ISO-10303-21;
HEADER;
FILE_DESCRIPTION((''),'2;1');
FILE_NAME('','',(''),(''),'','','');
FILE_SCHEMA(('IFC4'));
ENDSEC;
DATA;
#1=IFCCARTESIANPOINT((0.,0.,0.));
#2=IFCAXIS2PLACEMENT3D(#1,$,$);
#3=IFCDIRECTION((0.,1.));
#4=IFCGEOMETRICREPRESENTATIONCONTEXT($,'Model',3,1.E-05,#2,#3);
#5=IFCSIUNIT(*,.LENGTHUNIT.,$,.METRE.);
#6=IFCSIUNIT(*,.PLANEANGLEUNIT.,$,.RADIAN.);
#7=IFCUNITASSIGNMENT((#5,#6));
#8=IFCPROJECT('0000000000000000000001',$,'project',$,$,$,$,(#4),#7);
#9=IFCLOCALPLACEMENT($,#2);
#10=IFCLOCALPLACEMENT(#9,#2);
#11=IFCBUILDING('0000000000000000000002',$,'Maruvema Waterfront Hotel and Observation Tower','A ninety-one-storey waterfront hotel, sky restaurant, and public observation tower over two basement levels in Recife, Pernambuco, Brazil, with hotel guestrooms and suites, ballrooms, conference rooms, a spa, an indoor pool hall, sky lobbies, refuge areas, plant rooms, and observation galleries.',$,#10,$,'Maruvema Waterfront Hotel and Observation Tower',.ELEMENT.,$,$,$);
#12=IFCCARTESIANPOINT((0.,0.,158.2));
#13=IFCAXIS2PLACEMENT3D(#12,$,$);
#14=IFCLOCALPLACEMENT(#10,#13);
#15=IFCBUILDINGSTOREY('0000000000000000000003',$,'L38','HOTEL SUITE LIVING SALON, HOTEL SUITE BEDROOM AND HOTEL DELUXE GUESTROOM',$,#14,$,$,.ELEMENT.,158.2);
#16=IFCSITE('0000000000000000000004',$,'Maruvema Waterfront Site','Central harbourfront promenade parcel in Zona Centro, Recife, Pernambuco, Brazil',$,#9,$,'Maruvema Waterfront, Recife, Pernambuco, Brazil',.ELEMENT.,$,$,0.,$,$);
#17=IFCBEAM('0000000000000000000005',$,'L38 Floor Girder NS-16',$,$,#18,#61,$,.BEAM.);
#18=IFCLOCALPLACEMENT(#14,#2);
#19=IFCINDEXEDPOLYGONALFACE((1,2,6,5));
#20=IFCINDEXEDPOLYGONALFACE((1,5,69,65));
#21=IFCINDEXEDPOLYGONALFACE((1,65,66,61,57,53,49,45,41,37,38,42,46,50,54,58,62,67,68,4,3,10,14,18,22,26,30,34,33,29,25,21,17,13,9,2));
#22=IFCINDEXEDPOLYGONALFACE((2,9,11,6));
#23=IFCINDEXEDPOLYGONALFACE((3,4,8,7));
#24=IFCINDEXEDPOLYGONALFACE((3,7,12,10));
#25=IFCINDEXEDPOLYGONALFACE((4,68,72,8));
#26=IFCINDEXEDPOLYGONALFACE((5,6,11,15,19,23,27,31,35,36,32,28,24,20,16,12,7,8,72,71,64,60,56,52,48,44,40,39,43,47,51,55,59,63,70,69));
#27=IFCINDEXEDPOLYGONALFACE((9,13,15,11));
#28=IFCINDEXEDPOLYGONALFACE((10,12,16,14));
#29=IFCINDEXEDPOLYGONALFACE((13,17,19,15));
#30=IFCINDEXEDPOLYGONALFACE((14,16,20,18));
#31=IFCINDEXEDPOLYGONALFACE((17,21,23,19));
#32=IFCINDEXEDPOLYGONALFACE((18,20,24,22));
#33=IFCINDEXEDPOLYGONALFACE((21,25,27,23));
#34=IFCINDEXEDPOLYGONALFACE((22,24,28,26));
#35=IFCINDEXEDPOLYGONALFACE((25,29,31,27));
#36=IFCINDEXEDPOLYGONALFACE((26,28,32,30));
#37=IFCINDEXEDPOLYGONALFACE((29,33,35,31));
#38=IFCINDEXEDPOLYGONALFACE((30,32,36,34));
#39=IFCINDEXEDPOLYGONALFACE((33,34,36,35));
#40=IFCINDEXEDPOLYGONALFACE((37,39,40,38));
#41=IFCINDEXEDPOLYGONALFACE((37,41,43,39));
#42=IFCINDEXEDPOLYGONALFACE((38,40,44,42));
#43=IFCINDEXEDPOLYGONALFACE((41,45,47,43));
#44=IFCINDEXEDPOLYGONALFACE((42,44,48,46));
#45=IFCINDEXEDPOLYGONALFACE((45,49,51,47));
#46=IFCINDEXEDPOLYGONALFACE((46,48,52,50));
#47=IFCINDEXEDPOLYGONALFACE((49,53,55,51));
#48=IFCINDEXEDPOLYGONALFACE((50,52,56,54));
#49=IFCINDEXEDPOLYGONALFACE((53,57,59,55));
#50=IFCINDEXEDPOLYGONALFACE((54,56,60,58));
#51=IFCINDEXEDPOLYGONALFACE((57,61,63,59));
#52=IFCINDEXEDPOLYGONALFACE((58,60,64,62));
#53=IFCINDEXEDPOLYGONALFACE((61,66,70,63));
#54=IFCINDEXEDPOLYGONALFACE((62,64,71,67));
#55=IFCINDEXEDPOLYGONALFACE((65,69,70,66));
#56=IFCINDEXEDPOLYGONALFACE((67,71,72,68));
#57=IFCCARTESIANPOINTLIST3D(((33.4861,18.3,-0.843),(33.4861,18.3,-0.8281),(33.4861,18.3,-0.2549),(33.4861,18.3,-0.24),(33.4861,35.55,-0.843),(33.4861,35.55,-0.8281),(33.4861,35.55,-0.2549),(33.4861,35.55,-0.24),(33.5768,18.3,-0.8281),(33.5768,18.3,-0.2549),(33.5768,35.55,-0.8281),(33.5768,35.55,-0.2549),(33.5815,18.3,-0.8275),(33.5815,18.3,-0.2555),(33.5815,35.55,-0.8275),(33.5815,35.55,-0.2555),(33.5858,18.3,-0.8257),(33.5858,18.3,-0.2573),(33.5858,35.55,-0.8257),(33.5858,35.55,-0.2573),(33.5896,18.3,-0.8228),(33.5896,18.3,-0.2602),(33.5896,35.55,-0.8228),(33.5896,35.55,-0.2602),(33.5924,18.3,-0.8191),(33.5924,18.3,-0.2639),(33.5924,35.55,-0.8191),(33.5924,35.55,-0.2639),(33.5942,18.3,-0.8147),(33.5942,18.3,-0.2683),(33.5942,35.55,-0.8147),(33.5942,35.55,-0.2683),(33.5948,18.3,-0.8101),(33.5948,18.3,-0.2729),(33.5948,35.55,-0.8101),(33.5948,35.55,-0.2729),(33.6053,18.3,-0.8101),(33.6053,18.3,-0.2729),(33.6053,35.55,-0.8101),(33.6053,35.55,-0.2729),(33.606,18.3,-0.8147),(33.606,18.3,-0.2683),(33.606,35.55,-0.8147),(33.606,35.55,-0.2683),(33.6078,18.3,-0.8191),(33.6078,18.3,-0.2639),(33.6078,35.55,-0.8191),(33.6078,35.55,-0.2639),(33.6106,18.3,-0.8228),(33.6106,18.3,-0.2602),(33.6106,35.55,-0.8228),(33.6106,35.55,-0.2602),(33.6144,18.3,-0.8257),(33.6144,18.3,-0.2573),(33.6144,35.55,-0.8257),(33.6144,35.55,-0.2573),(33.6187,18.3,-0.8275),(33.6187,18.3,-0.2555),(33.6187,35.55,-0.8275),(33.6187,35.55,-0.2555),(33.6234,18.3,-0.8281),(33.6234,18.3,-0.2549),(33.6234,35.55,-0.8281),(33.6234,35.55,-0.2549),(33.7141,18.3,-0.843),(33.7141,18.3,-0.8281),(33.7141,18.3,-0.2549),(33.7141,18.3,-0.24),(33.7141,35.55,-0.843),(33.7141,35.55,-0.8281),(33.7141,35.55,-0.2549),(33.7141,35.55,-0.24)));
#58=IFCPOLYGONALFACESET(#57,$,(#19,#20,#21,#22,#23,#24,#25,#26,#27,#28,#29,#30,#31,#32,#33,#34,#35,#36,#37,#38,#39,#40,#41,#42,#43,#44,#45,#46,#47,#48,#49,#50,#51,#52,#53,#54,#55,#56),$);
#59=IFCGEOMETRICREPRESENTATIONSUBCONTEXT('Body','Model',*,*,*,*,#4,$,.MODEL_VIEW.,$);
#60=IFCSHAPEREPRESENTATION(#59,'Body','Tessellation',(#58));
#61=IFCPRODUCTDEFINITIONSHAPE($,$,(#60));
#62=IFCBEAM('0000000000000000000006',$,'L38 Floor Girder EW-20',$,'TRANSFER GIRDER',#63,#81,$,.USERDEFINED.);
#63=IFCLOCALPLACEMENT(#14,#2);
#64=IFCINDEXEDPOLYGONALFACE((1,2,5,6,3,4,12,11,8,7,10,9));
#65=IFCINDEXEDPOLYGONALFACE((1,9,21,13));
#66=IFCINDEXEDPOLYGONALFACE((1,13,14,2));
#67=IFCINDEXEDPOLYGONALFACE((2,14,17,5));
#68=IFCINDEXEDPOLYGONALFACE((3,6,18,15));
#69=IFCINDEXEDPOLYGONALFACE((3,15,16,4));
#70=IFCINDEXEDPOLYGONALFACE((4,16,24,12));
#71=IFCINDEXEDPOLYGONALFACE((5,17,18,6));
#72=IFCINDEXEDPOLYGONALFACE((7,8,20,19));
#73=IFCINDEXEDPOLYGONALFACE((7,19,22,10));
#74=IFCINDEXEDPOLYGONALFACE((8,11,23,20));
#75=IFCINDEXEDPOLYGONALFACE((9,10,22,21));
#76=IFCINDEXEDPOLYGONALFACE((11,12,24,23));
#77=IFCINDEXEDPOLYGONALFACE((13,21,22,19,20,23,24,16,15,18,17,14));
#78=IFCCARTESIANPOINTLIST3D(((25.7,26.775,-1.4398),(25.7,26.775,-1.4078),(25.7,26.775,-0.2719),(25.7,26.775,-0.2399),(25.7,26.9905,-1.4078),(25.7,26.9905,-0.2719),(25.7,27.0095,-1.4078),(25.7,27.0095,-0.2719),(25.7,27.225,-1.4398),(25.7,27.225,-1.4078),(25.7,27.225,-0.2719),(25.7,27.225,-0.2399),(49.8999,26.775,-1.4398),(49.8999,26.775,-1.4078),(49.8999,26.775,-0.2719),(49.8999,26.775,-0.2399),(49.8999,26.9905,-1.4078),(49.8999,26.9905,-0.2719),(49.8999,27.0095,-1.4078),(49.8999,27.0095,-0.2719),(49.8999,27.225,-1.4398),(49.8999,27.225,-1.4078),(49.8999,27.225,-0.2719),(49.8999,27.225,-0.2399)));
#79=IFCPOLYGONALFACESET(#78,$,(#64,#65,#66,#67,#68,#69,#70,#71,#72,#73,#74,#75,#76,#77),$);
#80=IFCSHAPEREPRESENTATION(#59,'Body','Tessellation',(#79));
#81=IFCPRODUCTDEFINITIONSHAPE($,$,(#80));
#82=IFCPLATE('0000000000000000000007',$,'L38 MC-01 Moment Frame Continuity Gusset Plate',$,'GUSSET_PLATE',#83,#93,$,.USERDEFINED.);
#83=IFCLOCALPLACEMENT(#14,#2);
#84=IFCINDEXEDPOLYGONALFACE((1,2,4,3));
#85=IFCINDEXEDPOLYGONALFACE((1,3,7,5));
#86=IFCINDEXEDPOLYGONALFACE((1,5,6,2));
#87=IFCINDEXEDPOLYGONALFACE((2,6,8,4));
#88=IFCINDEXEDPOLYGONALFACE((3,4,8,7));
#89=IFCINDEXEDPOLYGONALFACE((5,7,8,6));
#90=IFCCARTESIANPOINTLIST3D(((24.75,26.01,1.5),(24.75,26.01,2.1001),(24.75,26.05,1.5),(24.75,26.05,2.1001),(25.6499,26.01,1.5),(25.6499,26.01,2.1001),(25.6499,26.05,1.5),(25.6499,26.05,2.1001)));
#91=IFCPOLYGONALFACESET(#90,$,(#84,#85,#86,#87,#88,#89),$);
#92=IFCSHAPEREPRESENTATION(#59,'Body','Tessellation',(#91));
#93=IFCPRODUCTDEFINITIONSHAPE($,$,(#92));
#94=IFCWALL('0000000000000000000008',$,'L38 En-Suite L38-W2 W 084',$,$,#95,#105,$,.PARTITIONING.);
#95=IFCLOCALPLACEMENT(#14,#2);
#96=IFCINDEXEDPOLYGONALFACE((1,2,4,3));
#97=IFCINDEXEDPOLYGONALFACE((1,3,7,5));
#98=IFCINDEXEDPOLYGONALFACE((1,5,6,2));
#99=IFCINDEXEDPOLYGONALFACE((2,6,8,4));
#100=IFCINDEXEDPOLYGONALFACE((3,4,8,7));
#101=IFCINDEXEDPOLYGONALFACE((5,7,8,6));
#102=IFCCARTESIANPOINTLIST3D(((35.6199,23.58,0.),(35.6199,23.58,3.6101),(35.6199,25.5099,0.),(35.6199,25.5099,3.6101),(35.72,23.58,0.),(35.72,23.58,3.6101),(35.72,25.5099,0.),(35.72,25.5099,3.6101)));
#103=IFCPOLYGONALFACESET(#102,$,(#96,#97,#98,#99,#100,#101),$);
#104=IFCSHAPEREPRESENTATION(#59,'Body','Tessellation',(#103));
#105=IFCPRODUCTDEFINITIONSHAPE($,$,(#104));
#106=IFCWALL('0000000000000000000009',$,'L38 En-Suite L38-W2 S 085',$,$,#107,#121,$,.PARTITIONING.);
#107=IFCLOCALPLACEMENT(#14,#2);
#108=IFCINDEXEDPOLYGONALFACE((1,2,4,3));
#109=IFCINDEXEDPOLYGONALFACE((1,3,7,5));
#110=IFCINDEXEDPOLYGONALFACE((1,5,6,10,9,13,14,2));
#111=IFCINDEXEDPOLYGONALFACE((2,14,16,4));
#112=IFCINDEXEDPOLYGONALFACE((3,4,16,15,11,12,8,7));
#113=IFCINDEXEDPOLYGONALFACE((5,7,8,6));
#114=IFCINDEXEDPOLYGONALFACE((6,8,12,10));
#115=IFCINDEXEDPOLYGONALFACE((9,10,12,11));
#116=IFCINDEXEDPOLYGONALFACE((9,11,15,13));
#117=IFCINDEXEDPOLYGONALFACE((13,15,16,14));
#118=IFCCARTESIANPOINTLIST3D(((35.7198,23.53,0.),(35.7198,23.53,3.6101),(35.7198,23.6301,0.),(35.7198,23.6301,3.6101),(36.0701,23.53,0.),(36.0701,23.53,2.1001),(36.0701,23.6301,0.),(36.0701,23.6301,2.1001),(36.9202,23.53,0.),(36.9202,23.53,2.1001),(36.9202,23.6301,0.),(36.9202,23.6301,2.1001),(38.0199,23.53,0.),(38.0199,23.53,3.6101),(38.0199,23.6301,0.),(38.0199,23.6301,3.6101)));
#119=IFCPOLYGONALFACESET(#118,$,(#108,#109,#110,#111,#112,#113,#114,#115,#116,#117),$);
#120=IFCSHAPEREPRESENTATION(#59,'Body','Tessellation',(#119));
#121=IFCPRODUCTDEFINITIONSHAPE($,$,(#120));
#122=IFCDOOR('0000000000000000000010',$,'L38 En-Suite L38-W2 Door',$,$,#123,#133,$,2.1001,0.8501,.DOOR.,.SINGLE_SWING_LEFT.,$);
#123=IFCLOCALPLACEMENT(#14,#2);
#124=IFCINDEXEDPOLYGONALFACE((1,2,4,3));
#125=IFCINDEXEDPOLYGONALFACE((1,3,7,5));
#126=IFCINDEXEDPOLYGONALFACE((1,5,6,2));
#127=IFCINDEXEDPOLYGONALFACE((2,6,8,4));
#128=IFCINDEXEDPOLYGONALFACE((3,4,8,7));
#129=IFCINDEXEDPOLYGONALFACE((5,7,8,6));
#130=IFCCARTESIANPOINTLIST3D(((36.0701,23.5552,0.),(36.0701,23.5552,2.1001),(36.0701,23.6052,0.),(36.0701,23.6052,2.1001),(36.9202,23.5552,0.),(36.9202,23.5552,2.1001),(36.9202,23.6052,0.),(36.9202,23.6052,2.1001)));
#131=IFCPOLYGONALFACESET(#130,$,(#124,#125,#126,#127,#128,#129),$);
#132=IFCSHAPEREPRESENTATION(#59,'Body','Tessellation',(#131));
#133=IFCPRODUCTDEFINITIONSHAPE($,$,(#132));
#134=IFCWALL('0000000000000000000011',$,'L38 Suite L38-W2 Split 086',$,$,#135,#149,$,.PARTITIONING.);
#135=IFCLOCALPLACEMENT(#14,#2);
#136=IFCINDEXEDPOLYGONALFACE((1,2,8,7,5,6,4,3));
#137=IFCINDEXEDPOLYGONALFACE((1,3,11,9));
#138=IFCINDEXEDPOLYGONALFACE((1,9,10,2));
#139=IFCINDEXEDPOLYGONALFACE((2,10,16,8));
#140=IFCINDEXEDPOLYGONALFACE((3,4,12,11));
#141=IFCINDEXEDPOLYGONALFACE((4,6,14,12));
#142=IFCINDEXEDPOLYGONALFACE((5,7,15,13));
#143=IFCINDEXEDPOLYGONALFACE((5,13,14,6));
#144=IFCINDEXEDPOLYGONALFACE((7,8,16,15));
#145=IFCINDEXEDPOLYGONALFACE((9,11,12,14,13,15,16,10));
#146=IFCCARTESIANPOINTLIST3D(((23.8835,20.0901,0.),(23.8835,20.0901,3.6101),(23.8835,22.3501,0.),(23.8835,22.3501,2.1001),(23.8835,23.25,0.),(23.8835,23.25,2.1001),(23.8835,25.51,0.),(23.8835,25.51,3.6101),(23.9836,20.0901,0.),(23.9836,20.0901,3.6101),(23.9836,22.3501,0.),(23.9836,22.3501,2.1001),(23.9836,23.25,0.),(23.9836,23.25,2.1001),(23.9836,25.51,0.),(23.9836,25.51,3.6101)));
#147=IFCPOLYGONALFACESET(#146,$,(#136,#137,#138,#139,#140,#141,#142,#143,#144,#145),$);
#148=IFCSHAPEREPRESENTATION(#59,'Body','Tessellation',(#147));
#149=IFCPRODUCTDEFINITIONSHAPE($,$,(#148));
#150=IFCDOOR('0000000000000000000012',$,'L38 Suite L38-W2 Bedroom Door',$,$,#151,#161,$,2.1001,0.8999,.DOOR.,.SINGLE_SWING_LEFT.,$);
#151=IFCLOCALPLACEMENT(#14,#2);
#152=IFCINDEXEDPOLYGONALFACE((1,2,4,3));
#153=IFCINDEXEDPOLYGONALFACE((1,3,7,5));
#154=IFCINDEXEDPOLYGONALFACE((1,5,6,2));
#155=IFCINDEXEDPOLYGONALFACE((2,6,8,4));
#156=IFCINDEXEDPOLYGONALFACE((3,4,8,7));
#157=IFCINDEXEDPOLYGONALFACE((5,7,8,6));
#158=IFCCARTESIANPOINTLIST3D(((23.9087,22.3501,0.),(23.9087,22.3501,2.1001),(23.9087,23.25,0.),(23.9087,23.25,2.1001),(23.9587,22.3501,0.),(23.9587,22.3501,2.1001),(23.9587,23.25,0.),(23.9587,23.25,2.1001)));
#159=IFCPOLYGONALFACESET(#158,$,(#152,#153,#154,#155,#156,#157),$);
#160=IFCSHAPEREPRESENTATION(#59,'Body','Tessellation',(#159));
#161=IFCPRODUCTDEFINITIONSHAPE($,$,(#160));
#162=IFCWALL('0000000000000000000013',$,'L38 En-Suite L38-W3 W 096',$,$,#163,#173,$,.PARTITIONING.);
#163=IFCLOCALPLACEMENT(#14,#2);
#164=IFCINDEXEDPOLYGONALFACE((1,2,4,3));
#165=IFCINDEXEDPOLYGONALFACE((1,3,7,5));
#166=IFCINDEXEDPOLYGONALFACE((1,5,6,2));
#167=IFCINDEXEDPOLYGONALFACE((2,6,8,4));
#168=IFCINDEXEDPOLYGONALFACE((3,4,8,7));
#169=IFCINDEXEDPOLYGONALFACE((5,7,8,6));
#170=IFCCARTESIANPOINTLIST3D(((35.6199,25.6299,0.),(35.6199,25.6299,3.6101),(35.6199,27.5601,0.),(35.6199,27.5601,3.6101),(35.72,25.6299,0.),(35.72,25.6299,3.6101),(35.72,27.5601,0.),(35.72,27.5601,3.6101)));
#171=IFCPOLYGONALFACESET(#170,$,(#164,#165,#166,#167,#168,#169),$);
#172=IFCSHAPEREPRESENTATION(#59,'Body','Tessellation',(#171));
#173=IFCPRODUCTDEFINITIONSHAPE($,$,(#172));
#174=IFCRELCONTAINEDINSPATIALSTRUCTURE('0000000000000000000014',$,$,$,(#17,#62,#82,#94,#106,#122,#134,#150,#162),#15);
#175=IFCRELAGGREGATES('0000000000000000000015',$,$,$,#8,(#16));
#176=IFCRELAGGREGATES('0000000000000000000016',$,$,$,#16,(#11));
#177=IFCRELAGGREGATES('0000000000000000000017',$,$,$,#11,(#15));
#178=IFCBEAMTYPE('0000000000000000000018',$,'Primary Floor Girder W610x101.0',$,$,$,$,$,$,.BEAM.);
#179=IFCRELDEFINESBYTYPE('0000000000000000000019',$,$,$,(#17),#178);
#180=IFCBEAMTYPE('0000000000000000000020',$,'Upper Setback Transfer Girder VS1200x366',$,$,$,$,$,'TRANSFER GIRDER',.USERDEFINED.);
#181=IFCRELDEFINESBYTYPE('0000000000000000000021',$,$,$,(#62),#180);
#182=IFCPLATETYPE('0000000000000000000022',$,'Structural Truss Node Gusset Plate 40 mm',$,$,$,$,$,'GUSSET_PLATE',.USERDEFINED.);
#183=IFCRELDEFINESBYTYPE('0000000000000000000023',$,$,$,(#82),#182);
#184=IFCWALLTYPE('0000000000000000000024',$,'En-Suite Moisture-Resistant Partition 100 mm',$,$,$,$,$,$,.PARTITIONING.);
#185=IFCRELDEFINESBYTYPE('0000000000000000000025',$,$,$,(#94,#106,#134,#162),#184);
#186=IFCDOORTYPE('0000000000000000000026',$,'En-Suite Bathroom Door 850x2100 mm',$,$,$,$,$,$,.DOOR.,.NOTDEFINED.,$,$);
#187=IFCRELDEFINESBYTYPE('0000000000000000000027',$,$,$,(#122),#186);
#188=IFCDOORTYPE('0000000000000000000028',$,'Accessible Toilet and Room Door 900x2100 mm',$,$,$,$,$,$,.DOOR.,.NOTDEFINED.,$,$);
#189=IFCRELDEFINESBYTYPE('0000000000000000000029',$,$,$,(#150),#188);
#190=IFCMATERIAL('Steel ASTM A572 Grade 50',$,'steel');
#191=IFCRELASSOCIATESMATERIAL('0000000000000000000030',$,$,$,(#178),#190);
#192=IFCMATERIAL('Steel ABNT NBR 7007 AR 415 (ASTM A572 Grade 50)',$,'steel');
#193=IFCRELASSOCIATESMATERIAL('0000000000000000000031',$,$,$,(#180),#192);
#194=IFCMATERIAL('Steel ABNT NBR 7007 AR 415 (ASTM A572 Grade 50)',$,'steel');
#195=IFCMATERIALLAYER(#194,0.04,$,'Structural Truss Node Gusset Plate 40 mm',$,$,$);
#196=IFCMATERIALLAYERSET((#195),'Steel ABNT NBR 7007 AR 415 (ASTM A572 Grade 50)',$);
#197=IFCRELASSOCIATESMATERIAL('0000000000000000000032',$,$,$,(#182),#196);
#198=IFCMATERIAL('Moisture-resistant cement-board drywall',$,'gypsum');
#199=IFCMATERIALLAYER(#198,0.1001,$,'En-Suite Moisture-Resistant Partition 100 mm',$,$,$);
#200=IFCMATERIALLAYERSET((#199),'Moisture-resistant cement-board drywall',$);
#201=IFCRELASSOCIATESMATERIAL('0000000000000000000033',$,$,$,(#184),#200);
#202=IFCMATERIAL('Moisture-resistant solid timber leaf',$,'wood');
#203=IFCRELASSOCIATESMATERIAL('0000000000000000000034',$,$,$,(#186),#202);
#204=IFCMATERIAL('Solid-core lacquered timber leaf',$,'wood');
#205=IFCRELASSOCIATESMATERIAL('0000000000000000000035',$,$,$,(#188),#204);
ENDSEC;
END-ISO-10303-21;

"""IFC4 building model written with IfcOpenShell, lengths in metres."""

from ifc_helpers import new_model, si_unit, direction, frame, frame_2d, origin, origin_2d, place, context, subcontext, project, spatial, rectangle, i_section, extrude, material, layer, layer_set, material_profile, profile_set, type_object, element, fill, save


model = new_model("IFC4")

# Units and contexts
model_context = context("Model", 3, precision=1e-05, world=origin(), true_north=direction((0.0, 1.0)))
body_context = subcontext(model_context, "Body", "Model", "MODEL_VIEW")
ifc_project = project(units=[si_unit("LENGTHUNIT", "METRE"), si_unit("PLANEANGLEUNIT", "RADIAN")], contexts=[model_context])

# Site, building, storey
site_placement = place(None, origin())
site = spatial("IfcSite", under=ifc_project, at=site_placement, Name="Maruvema Waterfront Site", Description="Central harbourfront promenade parcel in Zona Centro, Recife, Pernambuco, Brazil", LongName="Maruvema Waterfront, Recife, Pernambuco, Brazil", CompositionType="ELEMENT", RefElevation=0.0)
building_placement = place(site_placement, origin())
building = spatial("IfcBuilding", under=site, at=building_placement, Name="Maruvema Waterfront Hotel and Observation Tower", Description="A ninety-one-storey waterfront hotel, sky restaurant, and public observation tower over two basement levels in Recife, Pernambuco, Brazil, with hotel guestrooms and suites, ballrooms, conference rooms, a spa, an indoor pool hall, sky lobbies, refuge areas, plant rooms, and observation galleries.", LongName="Maruvema Waterfront Hotel and Observation Tower", CompositionType="ELEMENT")
storey_placement = place(building_placement, frame((0.0, 0.0, 158.2)))
storey = spatial("IfcBuildingStorey", under=building, at=storey_placement, Name="L38", Description="HOTEL SUITE LIVING SALON, HOTEL SUITE BEDROOM AND HOTEL DELUXE GUESTROOM", CompositionType="ELEMENT", Elevation=158.2)

# Beams
ifc_material_1 = material(Name="Steel ASTM A572 Grade 50", Category="steel")
ifc_material_profile_1 = material_profile(ifc_material_1, i_section(OverallWidth=0.228, OverallDepth=0.603, WebThickness=0.0105, FlangeThickness=0.0149, FilletRadius=0.0181, at=origin_2d()), Name="W610x101.0")
ifc_profile_set_1 = profile_set([ifc_material_profile_1], Name="Steel ASTM A572 Grade 50")
beam_type_1 = type_object("IfcBeamType", Name="Primary Floor Girder W610x101.0", PredefinedType="BEAM", material=ifc_profile_set_1)
beam_1_placement = place(storey_placement, frame((33.6001, 18.3, -0.5415), z_axis=(0.0, 1.0, 0.0), x_axis=(-1.0, 0.0, 0.0)))
element("IfcBeam", 1, at=beam_1_placement, inside=storey, type_object=beam_type_1, Name="L38 Floor Girder NS-16", PredefinedType="BEAM", context=body_context, shape_type="SweptSolid", body=[
    extrude(i_section(OverallWidth=0.228, OverallDepth=0.603, WebThickness=0.0105, FlangeThickness=0.0149, FilletRadius=0.0181, at=origin_2d()), origin(), (0.0, 0.0, 1.0), 17.25),
])
ifc_material_2 = material(Name="Steel ABNT NBR 7007 AR 415 (ASTM A572 Grade 50)", Category="steel")
ifc_material_profile_2 = material_profile(ifc_material_2, i_section(OverallWidth=0.45, OverallDepth=1.2, WebThickness=0.019, FlangeThickness=0.032, at=origin_2d()), Name="VS1200x366")
ifc_profile_set_2 = profile_set([ifc_material_profile_2], Name="Steel ABNT NBR 7007 AR 415 (ASTM A572 Grade 50)")
beam_type_2 = type_object("IfcBeamType", Name="Upper Setback Transfer Girder VS1200x366", ElementType="TRANSFER GIRDER", PredefinedType="USERDEFINED", material=ifc_profile_set_2)
beam_2_placement = place(storey_placement, frame((25.7, 27.0, -0.8398), z_axis=(1.0, 0.0, 0.0), x_axis=(0.0, 1.0, 0.0)))
element("IfcBeam", 2, at=beam_2_placement, inside=storey, type_object=beam_type_2, Name="L38 Floor Girder EW-20", ObjectType="TRANSFER GIRDER", PredefinedType="USERDEFINED", context=body_context, shape_type="SweptSolid", body=[
    extrude(i_section(OverallWidth=0.45, OverallDepth=1.2, WebThickness=0.019, FlangeThickness=0.032, at=origin_2d()), origin(), (0.0, 0.0, 1.0), 24.2),
])

# Plate
ifc_material_3 = material(Name="Steel ABNT NBR 7007 AR 415 (ASTM A572 Grade 50)", Category="steel")
ifc_layer_1 = layer(ifc_material_3, 0.04, Name="Structural Truss Node Gusset Plate 40 mm")
ifc_layer_set_1 = layer_set([ifc_layer_1], Name="Steel ABNT NBR 7007 AR 415 (ASTM A572 Grade 50)")
plate_type = type_object("IfcPlateType", Name="Structural Truss Node Gusset Plate 40 mm", ElementType="GUSSET_PLATE", PredefinedType="USERDEFINED", material=ifc_layer_set_1)
plate_placement = place(storey_placement, frame((25.2, 26.03, 1.5), z_axis=(0.0, 0.0, 1.0), x_axis=(1.0, 0.0, 0.0)))
element("IfcPlate", 3, at=plate_placement, inside=storey, type_object=plate_type, Name="L38 MC-01 Moment Frame Continuity Gusset Plate", ObjectType="GUSSET_PLATE", PredefinedType="USERDEFINED", context=body_context, shape_type="SweptSolid", body=[
    extrude(rectangle(XDim=0.8999, YDim=0.04, at=origin_2d()), origin(), (0.0, 0.0, 1.0), 0.6001),
])

# Wall
ifc_material_4 = material(Name="Moisture-resistant cement-board drywall", Category="gypsum")
ifc_layer_2 = layer(ifc_material_4, 0.1001, Name="En-Suite Moisture-Resistant Partition 100 mm")
ifc_layer_set_2 = layer_set([ifc_layer_2], Name="Moisture-resistant cement-board drywall")
wall_type = type_object("IfcWallType", Name="En-Suite Moisture-Resistant Partition 100 mm", PredefinedType="PARTITIONING", material=ifc_layer_set_2)
wall_1_placement = place(storey_placement, frame((35.6699, 23.5801, 0.0), z_axis=(0.0, 0.0, 1.0), x_axis=(0.0, 1.0, 0.0)))
element("IfcWall", 4, at=wall_1_placement, inside=storey, type_object=wall_type, Name="L38 En-Suite L38-W2 W 084", PredefinedType="PARTITIONING", context=body_context, shape_type="SweptSolid", body=[
    extrude(rectangle(XDim=1.9299, YDim=0.1001, at=frame_2d((0.9648, 0.0))), origin(), (0.0, 0.0, 1.0), 3.6101),
])

# Walls, openings, doors
wall_2_placement = place(storey_placement, frame((35.72, 23.5801, 0.0), z_axis=(0.0, 0.0, 1.0), x_axis=(1.0, 0.0, 0.0)))
wall_2 = element("IfcWall", 5, at=wall_2_placement, inside=storey, type_object=wall_type, Name="L38 En-Suite L38-W2 S 085", PredefinedType="PARTITIONING", context=body_context, shape_type="SweptSolid", body=[
    extrude(rectangle(XDim=2.3, YDim=0.1001, at=frame_2d((1.1499, 0.0))), origin(), (0.0, 0.0, 1.0), 3.6101),
])
opening_1_placement = place(wall_2_placement, frame((0.3501, 0.0, 0.0)))
opening_1 = element("IfcOpeningElement", 6, at=opening_1_placement, cuts=wall_2, PredefinedType="OPENING", context=body_context, shape_type="SweptSolid", body=[
    extrude(rectangle(XDim=0.8501, YDim=2.1001, at=frame_2d((0.425, 1.05))), frame((0.0, 0.0601, 0.0), z_axis=(0.0, -1.0, 0.0), x_axis=(1.0, 0.0, 0.0)), (0.0, 0.0, 1.0), 0.1201),
])
ifc_material_5 = material(Name="Moisture-resistant solid timber leaf", Category="wood")
door_type_1 = type_object("IfcDoorType", Name="En-Suite Bathroom Door 850x2100 mm", OperationType="NOTDEFINED", PredefinedType="DOOR", material=ifc_material_5)
door_1_placement = place(opening_1_placement, frame((0.8501, 0.0, 0.0), z_axis=(0.0, 0.0, 1.0), x_axis=(-1.0, 0.0, 0.0)))
door_1 = element("IfcDoor", 7, at=door_1_placement, inside=storey, type_object=door_type_1, Name="L38 En-Suite L38-W2 Door", OperationType="SINGLE_SWING_LEFT", OverallHeight=2.1001, OverallWidth=0.8501, PredefinedType="DOOR", context=body_context, shape_type="SweptSolid", body=[
    extrude(rectangle(XDim=0.8501, YDim=2.1001, at=frame_2d((0.425, 1.05))), frame((0.0, 0.0249, 0.0), z_axis=(0.0, -1.0, 0.0), x_axis=(1.0, 0.0, 0.0)), (0.0, 0.0, 1.0), 0.05),
])
fill(opening_1, door_1)
wall_3_placement = place(storey_placement, frame((23.9336, 20.0901, 0.0), z_axis=(0.0, 0.0, 1.0), x_axis=(0.0, 1.0, 0.0)))
wall_3 = element("IfcWall", 8, at=wall_3_placement, inside=storey, type_object=wall_type, Name="L38 Suite L38-W2 Split 086", PredefinedType="PARTITIONING", context=body_context, shape_type="SweptSolid", body=[
    extrude(rectangle(XDim=5.4199, YDim=0.1001, at=frame_2d((2.71, 0.0))), origin(), (0.0, 0.0, 1.0), 3.6101),
])
opening_2_placement = place(wall_3_placement, frame((2.26, 0.0, 0.0)))
opening_2 = element("IfcOpeningElement", 9, at=opening_2_placement, cuts=wall_3, PredefinedType="OPENING", context=body_context, shape_type="SweptSolid", body=[
    extrude(rectangle(XDim=0.8999, YDim=2.1001, at=frame_2d((0.45, 1.05))), frame((0.0, 0.0601, 0.0), z_axis=(0.0, -1.0, 0.0), x_axis=(1.0, 0.0, 0.0)), (0.0, 0.0, 1.0), 0.1201),
])
ifc_material_6 = material(Name="Solid-core lacquered timber leaf", Category="wood")
door_type_2 = type_object("IfcDoorType", Name="Accessible Toilet and Room Door 900x2100 mm", OperationType="NOTDEFINED", PredefinedType="DOOR", material=ifc_material_6)
door_2_placement = place(opening_2_placement, origin())
door_2 = element("IfcDoor", 10, at=door_2_placement, inside=storey, type_object=door_type_2, Name="L38 Suite L38-W2 Bedroom Door", OperationType="SINGLE_SWING_LEFT", OverallHeight=2.1001, OverallWidth=0.8999, PredefinedType="DOOR", context=body_context, shape_type="SweptSolid", body=[
    extrude(rectangle(XDim=0.8999, YDim=2.1001, at=frame_2d((0.45, 1.05))), frame((0.0, 0.0249, 0.0), z_axis=(0.0, -1.0, 0.0), x_axis=(1.0, 0.0, 0.0)), (0.0, 0.0, 1.0), 0.05),
])
fill(opening_2, door_2)

# Wall
wall_4_placement = place(storey_placement, frame((35.6699, 25.6299, 0.0), z_axis=(0.0, 0.0, 1.0), x_axis=(0.0, 1.0, 0.0)))
element("IfcWall", 11, at=wall_4_placement, inside=storey, type_object=wall_type, Name="L38 En-Suite L38-W3 W 096", PredefinedType="PARTITIONING", context=body_context, shape_type="SweptSolid", body=[
    extrude(rectangle(XDim=1.9302, YDim=0.1001, at=frame_2d((0.9651, 0.0))), origin(), (0.0, 0.0, 1.0), 3.6101),
])

save(model, "model.ifc")
